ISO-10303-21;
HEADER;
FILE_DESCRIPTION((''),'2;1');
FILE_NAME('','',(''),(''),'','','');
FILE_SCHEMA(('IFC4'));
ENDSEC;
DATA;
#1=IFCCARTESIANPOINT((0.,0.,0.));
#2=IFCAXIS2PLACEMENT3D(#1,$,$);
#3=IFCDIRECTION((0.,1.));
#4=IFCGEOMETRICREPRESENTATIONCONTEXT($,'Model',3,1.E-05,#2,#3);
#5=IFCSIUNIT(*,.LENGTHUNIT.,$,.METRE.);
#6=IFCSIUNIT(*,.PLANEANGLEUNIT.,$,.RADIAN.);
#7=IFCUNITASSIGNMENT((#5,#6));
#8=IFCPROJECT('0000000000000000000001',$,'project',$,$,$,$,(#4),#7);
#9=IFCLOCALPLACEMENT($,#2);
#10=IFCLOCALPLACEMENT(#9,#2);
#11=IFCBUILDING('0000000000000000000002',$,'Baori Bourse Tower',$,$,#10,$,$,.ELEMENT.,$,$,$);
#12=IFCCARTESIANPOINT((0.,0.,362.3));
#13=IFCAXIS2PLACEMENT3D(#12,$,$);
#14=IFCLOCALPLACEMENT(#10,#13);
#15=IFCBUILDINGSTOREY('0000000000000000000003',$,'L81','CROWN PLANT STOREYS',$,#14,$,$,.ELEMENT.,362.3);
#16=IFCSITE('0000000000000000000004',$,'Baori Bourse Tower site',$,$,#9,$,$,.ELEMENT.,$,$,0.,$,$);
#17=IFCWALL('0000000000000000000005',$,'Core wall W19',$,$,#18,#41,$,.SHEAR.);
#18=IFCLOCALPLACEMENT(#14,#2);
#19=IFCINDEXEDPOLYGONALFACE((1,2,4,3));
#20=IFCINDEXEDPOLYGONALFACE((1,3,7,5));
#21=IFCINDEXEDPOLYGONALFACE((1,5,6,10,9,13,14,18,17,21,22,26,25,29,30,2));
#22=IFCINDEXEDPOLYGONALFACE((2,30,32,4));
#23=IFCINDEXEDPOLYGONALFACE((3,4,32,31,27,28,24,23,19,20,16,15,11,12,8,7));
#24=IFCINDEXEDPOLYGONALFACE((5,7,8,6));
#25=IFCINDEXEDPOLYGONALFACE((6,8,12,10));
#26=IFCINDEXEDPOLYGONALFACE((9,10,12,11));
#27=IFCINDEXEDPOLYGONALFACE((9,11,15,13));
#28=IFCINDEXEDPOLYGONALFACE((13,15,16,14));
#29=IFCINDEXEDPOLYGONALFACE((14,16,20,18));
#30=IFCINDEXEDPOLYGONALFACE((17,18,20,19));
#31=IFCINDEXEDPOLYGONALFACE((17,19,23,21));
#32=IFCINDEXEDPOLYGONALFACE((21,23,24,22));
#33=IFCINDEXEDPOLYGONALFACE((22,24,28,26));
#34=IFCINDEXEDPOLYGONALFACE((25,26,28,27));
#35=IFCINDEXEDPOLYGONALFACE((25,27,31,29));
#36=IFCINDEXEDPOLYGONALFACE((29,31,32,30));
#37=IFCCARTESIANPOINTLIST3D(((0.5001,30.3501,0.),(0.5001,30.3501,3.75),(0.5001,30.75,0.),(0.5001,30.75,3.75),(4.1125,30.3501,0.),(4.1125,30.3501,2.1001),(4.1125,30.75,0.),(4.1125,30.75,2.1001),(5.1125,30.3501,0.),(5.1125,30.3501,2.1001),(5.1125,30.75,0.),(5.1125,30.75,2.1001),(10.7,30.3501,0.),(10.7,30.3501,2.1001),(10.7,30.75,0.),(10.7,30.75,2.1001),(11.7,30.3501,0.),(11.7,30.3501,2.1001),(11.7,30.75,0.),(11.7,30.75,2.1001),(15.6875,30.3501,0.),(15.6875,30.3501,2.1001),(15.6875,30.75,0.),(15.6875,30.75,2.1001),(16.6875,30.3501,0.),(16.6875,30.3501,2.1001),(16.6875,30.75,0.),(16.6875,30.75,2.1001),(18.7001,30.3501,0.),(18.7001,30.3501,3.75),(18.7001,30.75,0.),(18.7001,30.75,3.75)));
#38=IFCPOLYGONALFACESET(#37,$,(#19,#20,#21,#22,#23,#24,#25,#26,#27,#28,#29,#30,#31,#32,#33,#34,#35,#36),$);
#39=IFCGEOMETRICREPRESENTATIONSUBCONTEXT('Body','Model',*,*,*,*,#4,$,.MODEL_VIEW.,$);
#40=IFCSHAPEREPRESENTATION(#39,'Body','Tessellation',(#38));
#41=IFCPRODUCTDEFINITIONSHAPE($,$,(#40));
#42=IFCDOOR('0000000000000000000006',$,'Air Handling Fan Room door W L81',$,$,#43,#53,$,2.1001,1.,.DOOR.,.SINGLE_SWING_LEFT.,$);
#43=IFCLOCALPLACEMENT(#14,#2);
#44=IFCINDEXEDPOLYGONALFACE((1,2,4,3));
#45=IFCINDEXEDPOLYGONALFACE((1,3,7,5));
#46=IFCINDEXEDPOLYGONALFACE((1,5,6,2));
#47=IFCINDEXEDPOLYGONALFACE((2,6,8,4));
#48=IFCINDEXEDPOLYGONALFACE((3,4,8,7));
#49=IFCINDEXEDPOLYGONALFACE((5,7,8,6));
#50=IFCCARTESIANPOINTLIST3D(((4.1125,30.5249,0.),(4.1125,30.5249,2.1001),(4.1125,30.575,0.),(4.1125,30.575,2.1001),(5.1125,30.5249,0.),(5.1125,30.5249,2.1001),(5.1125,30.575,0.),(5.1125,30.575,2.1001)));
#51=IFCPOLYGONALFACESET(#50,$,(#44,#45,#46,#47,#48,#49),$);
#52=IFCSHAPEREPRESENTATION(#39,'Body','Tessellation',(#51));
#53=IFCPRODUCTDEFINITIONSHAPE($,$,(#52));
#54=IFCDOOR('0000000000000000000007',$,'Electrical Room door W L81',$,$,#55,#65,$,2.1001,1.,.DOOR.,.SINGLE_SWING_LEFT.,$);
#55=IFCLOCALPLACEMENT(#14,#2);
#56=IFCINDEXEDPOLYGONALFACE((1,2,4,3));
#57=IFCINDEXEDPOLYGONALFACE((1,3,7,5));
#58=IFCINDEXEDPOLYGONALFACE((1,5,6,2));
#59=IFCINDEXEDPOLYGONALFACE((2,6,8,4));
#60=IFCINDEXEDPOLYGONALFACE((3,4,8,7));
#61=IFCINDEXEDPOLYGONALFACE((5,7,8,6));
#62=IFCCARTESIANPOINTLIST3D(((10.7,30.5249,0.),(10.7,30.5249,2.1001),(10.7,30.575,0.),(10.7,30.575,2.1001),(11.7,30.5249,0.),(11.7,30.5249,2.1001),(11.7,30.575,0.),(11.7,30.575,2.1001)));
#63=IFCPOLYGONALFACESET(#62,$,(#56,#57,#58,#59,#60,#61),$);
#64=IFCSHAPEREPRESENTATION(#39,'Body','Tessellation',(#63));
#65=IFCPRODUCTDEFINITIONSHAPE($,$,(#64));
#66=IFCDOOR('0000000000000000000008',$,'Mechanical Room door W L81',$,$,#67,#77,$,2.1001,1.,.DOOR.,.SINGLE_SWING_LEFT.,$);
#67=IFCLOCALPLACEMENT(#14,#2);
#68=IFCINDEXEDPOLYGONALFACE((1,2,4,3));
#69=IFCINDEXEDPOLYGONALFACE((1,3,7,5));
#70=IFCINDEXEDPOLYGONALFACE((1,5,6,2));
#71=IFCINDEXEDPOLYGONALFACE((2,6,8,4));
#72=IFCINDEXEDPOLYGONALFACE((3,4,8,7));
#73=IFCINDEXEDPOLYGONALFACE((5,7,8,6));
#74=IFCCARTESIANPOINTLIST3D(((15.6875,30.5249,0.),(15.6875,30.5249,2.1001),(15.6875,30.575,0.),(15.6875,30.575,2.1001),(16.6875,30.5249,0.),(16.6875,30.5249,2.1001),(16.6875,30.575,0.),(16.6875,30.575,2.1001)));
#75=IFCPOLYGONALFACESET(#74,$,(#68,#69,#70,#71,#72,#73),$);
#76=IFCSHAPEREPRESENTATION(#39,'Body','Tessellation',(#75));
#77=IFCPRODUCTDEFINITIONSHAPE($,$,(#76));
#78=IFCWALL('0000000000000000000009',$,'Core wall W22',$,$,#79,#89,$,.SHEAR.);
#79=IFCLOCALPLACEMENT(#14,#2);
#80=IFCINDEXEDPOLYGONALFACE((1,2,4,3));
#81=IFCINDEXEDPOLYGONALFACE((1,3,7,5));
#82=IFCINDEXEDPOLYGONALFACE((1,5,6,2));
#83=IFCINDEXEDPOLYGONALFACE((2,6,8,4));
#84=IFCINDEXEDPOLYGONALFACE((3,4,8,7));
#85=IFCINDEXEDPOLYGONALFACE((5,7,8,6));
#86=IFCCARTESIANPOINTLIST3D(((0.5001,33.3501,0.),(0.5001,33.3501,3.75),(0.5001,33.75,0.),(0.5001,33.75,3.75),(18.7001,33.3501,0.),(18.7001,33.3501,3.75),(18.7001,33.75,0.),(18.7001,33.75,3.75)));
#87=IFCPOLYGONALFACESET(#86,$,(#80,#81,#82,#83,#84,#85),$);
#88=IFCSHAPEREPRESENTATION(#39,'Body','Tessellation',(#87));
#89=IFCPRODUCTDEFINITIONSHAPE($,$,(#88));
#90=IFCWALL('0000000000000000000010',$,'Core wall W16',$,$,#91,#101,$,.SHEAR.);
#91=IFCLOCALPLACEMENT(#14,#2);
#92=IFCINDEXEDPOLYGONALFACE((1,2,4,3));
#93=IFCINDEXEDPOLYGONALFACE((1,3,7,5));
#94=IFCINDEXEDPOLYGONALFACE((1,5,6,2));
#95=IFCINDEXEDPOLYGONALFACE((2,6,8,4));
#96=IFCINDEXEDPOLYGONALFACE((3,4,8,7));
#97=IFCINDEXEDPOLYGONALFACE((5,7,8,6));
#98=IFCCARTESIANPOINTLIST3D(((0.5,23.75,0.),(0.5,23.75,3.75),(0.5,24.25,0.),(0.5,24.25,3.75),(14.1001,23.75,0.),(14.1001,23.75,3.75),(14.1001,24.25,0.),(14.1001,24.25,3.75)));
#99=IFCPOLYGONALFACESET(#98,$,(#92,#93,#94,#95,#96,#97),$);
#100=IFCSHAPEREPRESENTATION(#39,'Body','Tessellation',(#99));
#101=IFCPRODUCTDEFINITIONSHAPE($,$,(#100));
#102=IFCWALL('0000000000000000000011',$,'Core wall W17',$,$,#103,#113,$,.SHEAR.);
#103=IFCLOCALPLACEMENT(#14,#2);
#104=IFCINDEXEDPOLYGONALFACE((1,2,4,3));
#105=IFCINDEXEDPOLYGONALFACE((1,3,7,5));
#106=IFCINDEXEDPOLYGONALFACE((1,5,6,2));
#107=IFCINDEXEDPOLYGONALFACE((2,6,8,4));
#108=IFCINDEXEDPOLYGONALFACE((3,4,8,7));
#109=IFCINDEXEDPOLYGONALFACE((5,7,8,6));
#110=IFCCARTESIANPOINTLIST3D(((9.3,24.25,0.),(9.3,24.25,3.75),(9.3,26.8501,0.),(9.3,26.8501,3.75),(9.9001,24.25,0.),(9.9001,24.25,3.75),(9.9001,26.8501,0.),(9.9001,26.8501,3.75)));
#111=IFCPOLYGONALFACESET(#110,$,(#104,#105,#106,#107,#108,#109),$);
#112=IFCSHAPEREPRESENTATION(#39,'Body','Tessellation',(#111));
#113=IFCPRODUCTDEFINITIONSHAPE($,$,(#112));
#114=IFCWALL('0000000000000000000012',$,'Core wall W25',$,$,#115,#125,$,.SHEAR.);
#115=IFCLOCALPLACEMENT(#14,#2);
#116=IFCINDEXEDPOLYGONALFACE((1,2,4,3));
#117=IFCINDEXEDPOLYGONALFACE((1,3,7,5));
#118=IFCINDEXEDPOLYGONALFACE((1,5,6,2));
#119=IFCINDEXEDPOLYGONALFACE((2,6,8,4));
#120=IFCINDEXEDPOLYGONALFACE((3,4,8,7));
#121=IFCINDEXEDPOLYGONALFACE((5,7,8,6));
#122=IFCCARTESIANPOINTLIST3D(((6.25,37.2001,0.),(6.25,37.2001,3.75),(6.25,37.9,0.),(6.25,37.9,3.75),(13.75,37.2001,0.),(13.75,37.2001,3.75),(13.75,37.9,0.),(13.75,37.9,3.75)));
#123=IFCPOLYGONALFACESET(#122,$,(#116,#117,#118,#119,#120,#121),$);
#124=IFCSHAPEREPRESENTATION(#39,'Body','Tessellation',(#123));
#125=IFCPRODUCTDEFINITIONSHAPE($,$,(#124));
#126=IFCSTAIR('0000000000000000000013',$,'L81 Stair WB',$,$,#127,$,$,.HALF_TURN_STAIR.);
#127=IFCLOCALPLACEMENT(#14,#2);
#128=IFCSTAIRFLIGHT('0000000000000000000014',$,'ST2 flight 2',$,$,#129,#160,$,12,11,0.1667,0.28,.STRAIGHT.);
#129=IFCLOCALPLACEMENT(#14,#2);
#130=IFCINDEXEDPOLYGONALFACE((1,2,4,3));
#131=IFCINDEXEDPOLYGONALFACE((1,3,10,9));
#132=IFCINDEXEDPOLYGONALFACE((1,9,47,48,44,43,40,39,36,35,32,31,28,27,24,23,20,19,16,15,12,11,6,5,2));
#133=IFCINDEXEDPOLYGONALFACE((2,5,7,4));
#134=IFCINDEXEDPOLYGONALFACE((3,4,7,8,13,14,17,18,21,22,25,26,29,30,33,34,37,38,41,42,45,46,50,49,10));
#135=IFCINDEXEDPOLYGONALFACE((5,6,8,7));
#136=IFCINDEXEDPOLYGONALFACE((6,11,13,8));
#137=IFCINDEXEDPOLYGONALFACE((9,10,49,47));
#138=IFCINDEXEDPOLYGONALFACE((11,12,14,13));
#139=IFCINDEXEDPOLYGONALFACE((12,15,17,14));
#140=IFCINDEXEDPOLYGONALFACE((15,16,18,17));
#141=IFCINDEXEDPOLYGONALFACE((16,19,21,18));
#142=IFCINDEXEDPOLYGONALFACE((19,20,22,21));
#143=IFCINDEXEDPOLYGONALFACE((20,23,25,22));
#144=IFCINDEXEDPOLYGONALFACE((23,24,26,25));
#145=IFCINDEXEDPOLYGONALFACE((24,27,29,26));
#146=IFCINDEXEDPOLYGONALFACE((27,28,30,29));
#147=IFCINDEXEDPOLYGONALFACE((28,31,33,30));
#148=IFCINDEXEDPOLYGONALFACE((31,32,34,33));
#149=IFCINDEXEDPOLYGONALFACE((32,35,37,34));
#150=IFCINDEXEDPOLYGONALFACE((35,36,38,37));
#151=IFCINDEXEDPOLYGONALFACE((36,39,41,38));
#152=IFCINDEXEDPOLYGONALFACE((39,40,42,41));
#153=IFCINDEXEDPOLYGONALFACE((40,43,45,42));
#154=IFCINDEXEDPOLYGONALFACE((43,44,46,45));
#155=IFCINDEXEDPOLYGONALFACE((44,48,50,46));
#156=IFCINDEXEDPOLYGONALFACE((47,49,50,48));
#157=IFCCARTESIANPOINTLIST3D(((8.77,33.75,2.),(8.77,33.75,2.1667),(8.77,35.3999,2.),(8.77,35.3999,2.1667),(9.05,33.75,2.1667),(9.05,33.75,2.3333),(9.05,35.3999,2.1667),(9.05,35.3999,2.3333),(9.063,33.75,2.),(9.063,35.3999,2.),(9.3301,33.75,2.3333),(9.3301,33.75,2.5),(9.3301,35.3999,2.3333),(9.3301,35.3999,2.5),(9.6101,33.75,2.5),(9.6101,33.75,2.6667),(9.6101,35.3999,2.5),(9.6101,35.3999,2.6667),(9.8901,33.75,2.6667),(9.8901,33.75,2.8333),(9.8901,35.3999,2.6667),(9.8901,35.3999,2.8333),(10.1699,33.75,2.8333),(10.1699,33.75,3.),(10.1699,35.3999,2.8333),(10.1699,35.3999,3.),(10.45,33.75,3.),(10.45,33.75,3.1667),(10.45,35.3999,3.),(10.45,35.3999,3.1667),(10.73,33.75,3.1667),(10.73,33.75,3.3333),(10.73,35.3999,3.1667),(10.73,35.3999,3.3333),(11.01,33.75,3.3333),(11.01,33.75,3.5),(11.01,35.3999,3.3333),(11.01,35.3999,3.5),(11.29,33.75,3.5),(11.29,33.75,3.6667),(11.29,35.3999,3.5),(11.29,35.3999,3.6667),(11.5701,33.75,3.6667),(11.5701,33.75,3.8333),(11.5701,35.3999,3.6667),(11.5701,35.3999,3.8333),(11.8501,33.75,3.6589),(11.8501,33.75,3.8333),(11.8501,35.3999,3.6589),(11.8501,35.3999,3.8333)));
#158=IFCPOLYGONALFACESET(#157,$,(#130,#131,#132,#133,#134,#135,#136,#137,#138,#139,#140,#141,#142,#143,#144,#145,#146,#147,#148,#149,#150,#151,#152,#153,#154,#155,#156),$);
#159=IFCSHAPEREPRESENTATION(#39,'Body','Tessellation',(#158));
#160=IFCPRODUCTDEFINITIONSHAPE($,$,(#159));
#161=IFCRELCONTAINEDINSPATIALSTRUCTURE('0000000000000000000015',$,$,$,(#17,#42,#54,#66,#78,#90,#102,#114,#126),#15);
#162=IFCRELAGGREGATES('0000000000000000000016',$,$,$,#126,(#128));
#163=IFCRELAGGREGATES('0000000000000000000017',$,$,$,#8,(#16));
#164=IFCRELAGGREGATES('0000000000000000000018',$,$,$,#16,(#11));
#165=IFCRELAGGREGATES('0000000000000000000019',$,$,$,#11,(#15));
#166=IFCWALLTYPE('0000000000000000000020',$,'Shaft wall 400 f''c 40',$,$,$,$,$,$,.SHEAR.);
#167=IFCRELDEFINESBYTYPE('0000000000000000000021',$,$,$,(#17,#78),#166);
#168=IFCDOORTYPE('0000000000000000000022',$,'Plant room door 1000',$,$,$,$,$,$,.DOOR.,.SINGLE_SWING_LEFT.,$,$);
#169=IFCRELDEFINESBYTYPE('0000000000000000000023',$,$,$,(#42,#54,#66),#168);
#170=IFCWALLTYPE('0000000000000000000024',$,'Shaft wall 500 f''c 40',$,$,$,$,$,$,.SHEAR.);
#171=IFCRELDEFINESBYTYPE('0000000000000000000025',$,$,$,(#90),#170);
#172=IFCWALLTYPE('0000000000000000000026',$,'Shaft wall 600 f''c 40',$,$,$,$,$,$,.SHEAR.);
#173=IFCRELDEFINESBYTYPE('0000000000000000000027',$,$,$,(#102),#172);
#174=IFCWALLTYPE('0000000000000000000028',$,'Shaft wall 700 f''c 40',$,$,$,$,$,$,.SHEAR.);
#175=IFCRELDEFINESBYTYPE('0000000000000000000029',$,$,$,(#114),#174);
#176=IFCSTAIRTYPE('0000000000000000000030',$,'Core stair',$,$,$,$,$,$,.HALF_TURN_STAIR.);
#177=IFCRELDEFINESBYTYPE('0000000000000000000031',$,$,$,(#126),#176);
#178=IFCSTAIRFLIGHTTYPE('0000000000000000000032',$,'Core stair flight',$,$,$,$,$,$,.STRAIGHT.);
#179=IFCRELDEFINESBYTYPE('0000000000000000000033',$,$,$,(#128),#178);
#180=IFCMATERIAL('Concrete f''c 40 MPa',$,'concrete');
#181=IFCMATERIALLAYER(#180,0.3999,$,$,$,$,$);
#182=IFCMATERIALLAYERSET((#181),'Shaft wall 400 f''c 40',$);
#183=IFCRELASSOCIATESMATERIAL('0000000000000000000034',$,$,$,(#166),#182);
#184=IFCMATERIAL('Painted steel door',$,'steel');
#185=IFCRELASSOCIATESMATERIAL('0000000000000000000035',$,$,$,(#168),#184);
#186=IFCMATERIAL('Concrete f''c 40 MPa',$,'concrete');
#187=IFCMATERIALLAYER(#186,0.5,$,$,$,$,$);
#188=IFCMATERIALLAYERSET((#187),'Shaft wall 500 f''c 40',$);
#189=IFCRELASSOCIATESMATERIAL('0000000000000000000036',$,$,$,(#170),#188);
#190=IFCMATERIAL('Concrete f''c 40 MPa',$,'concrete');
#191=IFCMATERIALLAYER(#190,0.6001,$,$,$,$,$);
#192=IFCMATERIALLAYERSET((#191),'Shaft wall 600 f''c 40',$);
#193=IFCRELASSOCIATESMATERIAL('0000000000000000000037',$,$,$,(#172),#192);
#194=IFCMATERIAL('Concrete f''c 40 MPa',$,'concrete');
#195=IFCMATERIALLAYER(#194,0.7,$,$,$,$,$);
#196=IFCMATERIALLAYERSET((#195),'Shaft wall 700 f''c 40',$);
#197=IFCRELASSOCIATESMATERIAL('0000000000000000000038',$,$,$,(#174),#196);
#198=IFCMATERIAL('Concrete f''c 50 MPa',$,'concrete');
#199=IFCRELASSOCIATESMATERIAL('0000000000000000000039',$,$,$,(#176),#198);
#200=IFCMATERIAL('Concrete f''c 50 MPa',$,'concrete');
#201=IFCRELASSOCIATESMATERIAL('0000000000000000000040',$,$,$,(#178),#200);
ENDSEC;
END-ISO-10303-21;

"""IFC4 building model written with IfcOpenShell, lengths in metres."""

from ifc_helpers import new_model, si_unit, direction, frame, frame_2d, origin, place, context, subcontext, project, spatial, polyline, rectangle, outline, extrude, material, layer, layer_set, type_object, element, fill, aggregate, save


model = new_model("IFC4")

# Units and contexts
model_context = context("Model", 3, precision=1e-05, world=origin(), true_north=direction((0.0, 1.0)))
body_context = subcontext(model_context, "Body", "Model", "MODEL_VIEW")
ifc_project = project(units=[si_unit("LENGTHUNIT", "METRE"), si_unit("PLANEANGLEUNIT", "RADIAN")], contexts=[model_context])

# Site, building, storey
site_placement = place(None, origin())
site = spatial("IfcSite", under=ifc_project, at=site_placement, Name="Baori Bourse Tower site", CompositionType="ELEMENT", RefElevation=0.0)
building_placement = place(site_placement, origin())
building = spatial("IfcBuilding", under=site, at=building_placement, Name="Baori Bourse Tower", CompositionType="ELEMENT")
storey_placement = place(building_placement, frame((0.0, 0.0, 362.3)))
storey = spatial("IfcBuildingStorey", under=building, at=storey_placement, Name="L81", Description="CROWN PLANT STOREYS", CompositionType="ELEMENT", Elevation=362.3)

# Wall, openings, doors
ifc_material_1 = material(Name="Concrete f'c 40 MPa", Category="concrete")
ifc_layer_1 = layer(ifc_material_1, 0.3999)
ifc_layer_set_1 = layer_set([ifc_layer_1], Name="Shaft wall 400 f'c 40")
wall_type_1 = type_object("IfcWallType", Name="Shaft wall 400 f'c 40", PredefinedType="SHEAR", material=ifc_layer_set_1)
ifc_material_2 = material(Name="Painted steel door", Category="steel")
door_type_1 = type_object("IfcDoorType", Name="Plant room door 1000", OperationType="SINGLE_SWING_LEFT", PredefinedType="DOOR", material=ifc_material_2)
wall_1_placement = place(storey_placement, frame((0.5, 30.55, 0.0), z_axis=(0.0, 0.0, 1.0), x_axis=(1.0, 0.0, 0.0)))
wall_1 = element("IfcWall", 1, at=wall_1_placement, inside=storey, type_object=wall_type_1, Name="Core wall W19", PredefinedType="SHEAR", context=body_context, shape_type="SweptSolid", body=[
    extrude(rectangle(XDim=18.2, YDim=0.3999, at=frame_2d((9.1001, 0.0))), origin(), (0.0, 0.0, 1.0), 3.75),
])
opening_1_placement = place(wall_1_placement, frame((3.6125, 0.0, 0.0)))
opening_1 = element("IfcOpeningElement", 2, at=opening_1_placement, cuts=wall_1, PredefinedType="OPENING", context=body_context, shape_type="SweptSolid", body=[
    extrude(rectangle(XDim=1.0, YDim=2.1001, at=frame_2d((0.5, 1.05))), frame((0.0, 0.21, 0.0), z_axis=(0.0, -1.0, 0.0), x_axis=(1.0, 0.0, 0.0)), (0.0, 0.0, 1.0), 0.4199),
])
opening_2_placement = place(wall_1_placement, frame((10.2, 0.0, 0.0)))
opening_2 = element("IfcOpeningElement", 3, at=opening_2_placement, cuts=wall_1, PredefinedType="OPENING", context=body_context, shape_type="SweptSolid", body=[
    extrude(rectangle(XDim=1.0, YDim=2.1001, at=frame_2d((0.5, 1.05))), frame((0.0, 0.21, 0.0), z_axis=(0.0, -1.0, 0.0), x_axis=(1.0, 0.0, 0.0)), (0.0, 0.0, 1.0), 0.4199),
])
opening_3_placement = place(wall_1_placement, frame((15.1875, 0.0, 0.0)))
opening_3 = element("IfcOpeningElement", 4, at=opening_3_placement, cuts=wall_1, PredefinedType="OPENING", context=body_context, shape_type="SweptSolid", body=[
    extrude(rectangle(XDim=1.0, YDim=2.1001, at=frame_2d((0.5, 1.05))), frame((0.0, 0.21, 0.0), z_axis=(0.0, -1.0, 0.0), x_axis=(1.0, 0.0, 0.0)), (0.0, 0.0, 1.0), 0.4199),
])
door_1_placement = place(opening_1_placement, origin())
door_1 = element("IfcDoor", 5, at=door_1_placement, inside=storey, type_object=door_type_1, Name="Air Handling Fan Room door W L81", OperationType="SINGLE_SWING_LEFT", OverallHeight=2.1001, OverallWidth=1.0, PredefinedType="DOOR", context=body_context, shape_type="SweptSolid", body=[
    extrude(rectangle(XDim=1.0, YDim=2.1001, at=frame_2d((0.5, 1.05))), frame((0.0, 0.0249, 0.0), z_axis=(0.0, -1.0, 0.0), x_axis=(1.0, 0.0, 0.0)), (0.0, 0.0, 1.0), 0.05),
])
fill(opening_1, door_1)
door_2_placement = place(opening_2_placement, origin())
door_2 = element("IfcDoor", 6, at=door_2_placement, inside=storey, type_object=door_type_1, Name="Electrical Room door W L81", OperationType="SINGLE_SWING_LEFT", OverallHeight=2.1001, OverallWidth=1.0, PredefinedType="DOOR", context=body_context, shape_type="SweptSolid", body=[
    extrude(rectangle(XDim=1.0, YDim=2.1001, at=frame_2d((0.5, 1.05))), frame((0.0, 0.0249, 0.0), z_axis=(0.0, -1.0, 0.0), x_axis=(1.0, 0.0, 0.0)), (0.0, 0.0, 1.0), 0.05),
])
fill(opening_2, door_2)
door_3_placement = place(opening_3_placement, origin())
door_3 = element("IfcDoor", 7, at=door_3_placement, inside=storey, type_object=door_type_1, Name="Mechanical Room door W L81", OperationType="SINGLE_SWING_LEFT", OverallHeight=2.1001, OverallWidth=1.0, PredefinedType="DOOR", context=body_context, shape_type="SweptSolid", body=[
    extrude(rectangle(XDim=1.0, YDim=2.1001, at=frame_2d((0.5, 1.05))), frame((0.0, 0.0249, 0.0), z_axis=(0.0, -1.0, 0.0), x_axis=(1.0, 0.0, 0.0)), (0.0, 0.0, 1.0), 0.05),
])
fill(opening_3, door_3)

# Walls
wall_2_placement = place(storey_placement, frame((0.5, 33.55, 0.0), z_axis=(0.0, 0.0, 1.0), x_axis=(1.0, 0.0, 0.0)))
element("IfcWall", 8, at=wall_2_placement, inside=storey, type_object=wall_type_1, Name="Core wall W22", PredefinedType="SHEAR", context=body_context, shape_type="SweptSolid", body=[
    extrude(rectangle(XDim=18.2, YDim=0.3999, at=frame_2d((9.1001, 0.0))), origin(), (0.0, 0.0, 1.0), 3.75),
])
ifc_material_3 = material(Name="Concrete f'c 40 MPa", Category="concrete")
ifc_layer_2 = layer(ifc_material_3, 0.5)
ifc_layer_set_2 = layer_set([ifc_layer_2], Name="Shaft wall 500 f'c 40")
wall_type_2 = type_object("IfcWallType", Name="Shaft wall 500 f'c 40", PredefinedType="SHEAR", material=ifc_layer_set_2)
wall_3_placement = place(storey_placement, frame((0.5, 24.0, 0.0), z_axis=(0.0, 0.0, 1.0), x_axis=(1.0, 0.0, 0.0)))
element("IfcWall", 9, at=wall_3_placement, inside=storey, type_object=wall_type_2, Name="Core wall W16", PredefinedType="SHEAR", context=body_context, shape_type="SweptSolid", body=[
    extrude(rectangle(XDim=13.6001, YDim=0.5, at=frame_2d((6.8, 0.0))), origin(), (0.0, 0.0, 1.0), 3.75),
])
ifc_material_4 = material(Name="Concrete f'c 40 MPa", Category="concrete")
ifc_layer_3 = layer(ifc_material_4, 0.6001)
ifc_layer_set_3 = layer_set([ifc_layer_3], Name="Shaft wall 600 f'c 40")
wall_type_3 = type_object("IfcWallType", Name="Shaft wall 600 f'c 40", PredefinedType="SHEAR", material=ifc_layer_set_3)
wall_4_placement = place(storey_placement, frame((9.6001, 24.25, 0.0), z_axis=(0.0, 0.0, 1.0), x_axis=(0.0, 1.0, 0.0)))
element("IfcWall", 10, at=wall_4_placement, inside=storey, type_object=wall_type_3, Name="Core wall W17", PredefinedType="SHEAR", context=body_context, shape_type="SweptSolid", body=[
    extrude(rectangle(XDim=2.6001, YDim=0.6001, at=frame_2d((1.3, 0.0))), origin(), (0.0, 0.0, 1.0), 3.75),
])
ifc_material_5 = material(Name="Concrete f'c 40 MPa", Category="concrete")
ifc_layer_4 = layer(ifc_material_5, 0.7)
ifc_layer_set_4 = layer_set([ifc_layer_4], Name="Shaft wall 700 f'c 40")
wall_type_4 = type_object("IfcWallType", Name="Shaft wall 700 f'c 40", PredefinedType="SHEAR", material=ifc_layer_set_4)
wall_5_placement = place(storey_placement, frame((6.25, 37.55, 0.0), z_axis=(0.0, 0.0, 1.0), x_axis=(1.0, 0.0, 0.0)))
element("IfcWall", 11, at=wall_5_placement, inside=storey, type_object=wall_type_4, Name="Core wall W25", PredefinedType="SHEAR", context=body_context, shape_type="SweptSolid", body=[
    extrude(rectangle(XDim=7.5, YDim=0.7, at=frame_2d((3.75, 0.0))), origin(), (0.0, 0.0, 1.0), 3.75),
])

# Stair, stair flight
ifc_material_6 = material(Name="Concrete f'c 50 MPa", Category="concrete")
stair_type = type_object("IfcStairType", Name="Core stair", PredefinedType="HALF_TURN_STAIR", material=ifc_material_6)
stair_placement = place(storey_placement, origin())
stair = element("IfcStair", 12, at=stair_placement, inside=storey, type_object=stair_type, Name="L81 Stair WB", PredefinedType="HALF_TURN_STAIR")
ifc_material_7 = material(Name="Concrete f'c 50 MPa", Category="concrete")
stair_flight_type = type_object("IfcStairFlightType", Name="Core stair flight", PredefinedType="STRAIGHT", material=ifc_material_7)
stair_flight_placement = place(storey_placement, frame((8.77, 34.575, 2.0), z_axis=(0.0, 0.0, 1.0), x_axis=(1.0, 0.0, 0.0)))
stair_flight = element("IfcStairFlight", 13, at=stair_flight_placement, type_object=stair_flight_type, Name="ST2 flight 2", NumberOfRisers=12, NumberOfTreads=11, PredefinedType="STRAIGHT", RiserHeight=0.1667, TreadLength=0.28, context=body_context, shape_type="SweptSolid", body=[
    extrude(outline(polyline([(0.0, 0.0), (0.0, 0.1667), (0.28, 0.1667), (0.28, 0.3333), (0.5601, 0.3333), (0.5601, 0.5), (0.8401, 0.5), (0.8401, 0.6667), (1.1201, 0.6667), (1.1201, 0.8333), (1.3999, 0.8333), (1.3999, 1.0), (1.6799, 1.0), (1.6799, 1.1667), (1.96, 1.1667), (1.96, 1.3333), (2.24, 1.3333), (2.24, 1.5), (2.52, 1.5), (2.52, 1.6667), (2.8, 1.6667), (2.8, 1.8333), (3.0801, 1.8333), (3.0801, 2.0), (3.0801, 1.6589), (0.293, 0.0), (0.0, 0.0)])), frame((0.0, 0.825, 0.0), z_axis=(0.0, -1.0, 0.0), x_axis=(1.0, 0.0, 0.0)), (0.0, 0.0, 1.0), 1.6499),
])
aggregate(stair, [stair_flight])

save(model, "model.ifc")
